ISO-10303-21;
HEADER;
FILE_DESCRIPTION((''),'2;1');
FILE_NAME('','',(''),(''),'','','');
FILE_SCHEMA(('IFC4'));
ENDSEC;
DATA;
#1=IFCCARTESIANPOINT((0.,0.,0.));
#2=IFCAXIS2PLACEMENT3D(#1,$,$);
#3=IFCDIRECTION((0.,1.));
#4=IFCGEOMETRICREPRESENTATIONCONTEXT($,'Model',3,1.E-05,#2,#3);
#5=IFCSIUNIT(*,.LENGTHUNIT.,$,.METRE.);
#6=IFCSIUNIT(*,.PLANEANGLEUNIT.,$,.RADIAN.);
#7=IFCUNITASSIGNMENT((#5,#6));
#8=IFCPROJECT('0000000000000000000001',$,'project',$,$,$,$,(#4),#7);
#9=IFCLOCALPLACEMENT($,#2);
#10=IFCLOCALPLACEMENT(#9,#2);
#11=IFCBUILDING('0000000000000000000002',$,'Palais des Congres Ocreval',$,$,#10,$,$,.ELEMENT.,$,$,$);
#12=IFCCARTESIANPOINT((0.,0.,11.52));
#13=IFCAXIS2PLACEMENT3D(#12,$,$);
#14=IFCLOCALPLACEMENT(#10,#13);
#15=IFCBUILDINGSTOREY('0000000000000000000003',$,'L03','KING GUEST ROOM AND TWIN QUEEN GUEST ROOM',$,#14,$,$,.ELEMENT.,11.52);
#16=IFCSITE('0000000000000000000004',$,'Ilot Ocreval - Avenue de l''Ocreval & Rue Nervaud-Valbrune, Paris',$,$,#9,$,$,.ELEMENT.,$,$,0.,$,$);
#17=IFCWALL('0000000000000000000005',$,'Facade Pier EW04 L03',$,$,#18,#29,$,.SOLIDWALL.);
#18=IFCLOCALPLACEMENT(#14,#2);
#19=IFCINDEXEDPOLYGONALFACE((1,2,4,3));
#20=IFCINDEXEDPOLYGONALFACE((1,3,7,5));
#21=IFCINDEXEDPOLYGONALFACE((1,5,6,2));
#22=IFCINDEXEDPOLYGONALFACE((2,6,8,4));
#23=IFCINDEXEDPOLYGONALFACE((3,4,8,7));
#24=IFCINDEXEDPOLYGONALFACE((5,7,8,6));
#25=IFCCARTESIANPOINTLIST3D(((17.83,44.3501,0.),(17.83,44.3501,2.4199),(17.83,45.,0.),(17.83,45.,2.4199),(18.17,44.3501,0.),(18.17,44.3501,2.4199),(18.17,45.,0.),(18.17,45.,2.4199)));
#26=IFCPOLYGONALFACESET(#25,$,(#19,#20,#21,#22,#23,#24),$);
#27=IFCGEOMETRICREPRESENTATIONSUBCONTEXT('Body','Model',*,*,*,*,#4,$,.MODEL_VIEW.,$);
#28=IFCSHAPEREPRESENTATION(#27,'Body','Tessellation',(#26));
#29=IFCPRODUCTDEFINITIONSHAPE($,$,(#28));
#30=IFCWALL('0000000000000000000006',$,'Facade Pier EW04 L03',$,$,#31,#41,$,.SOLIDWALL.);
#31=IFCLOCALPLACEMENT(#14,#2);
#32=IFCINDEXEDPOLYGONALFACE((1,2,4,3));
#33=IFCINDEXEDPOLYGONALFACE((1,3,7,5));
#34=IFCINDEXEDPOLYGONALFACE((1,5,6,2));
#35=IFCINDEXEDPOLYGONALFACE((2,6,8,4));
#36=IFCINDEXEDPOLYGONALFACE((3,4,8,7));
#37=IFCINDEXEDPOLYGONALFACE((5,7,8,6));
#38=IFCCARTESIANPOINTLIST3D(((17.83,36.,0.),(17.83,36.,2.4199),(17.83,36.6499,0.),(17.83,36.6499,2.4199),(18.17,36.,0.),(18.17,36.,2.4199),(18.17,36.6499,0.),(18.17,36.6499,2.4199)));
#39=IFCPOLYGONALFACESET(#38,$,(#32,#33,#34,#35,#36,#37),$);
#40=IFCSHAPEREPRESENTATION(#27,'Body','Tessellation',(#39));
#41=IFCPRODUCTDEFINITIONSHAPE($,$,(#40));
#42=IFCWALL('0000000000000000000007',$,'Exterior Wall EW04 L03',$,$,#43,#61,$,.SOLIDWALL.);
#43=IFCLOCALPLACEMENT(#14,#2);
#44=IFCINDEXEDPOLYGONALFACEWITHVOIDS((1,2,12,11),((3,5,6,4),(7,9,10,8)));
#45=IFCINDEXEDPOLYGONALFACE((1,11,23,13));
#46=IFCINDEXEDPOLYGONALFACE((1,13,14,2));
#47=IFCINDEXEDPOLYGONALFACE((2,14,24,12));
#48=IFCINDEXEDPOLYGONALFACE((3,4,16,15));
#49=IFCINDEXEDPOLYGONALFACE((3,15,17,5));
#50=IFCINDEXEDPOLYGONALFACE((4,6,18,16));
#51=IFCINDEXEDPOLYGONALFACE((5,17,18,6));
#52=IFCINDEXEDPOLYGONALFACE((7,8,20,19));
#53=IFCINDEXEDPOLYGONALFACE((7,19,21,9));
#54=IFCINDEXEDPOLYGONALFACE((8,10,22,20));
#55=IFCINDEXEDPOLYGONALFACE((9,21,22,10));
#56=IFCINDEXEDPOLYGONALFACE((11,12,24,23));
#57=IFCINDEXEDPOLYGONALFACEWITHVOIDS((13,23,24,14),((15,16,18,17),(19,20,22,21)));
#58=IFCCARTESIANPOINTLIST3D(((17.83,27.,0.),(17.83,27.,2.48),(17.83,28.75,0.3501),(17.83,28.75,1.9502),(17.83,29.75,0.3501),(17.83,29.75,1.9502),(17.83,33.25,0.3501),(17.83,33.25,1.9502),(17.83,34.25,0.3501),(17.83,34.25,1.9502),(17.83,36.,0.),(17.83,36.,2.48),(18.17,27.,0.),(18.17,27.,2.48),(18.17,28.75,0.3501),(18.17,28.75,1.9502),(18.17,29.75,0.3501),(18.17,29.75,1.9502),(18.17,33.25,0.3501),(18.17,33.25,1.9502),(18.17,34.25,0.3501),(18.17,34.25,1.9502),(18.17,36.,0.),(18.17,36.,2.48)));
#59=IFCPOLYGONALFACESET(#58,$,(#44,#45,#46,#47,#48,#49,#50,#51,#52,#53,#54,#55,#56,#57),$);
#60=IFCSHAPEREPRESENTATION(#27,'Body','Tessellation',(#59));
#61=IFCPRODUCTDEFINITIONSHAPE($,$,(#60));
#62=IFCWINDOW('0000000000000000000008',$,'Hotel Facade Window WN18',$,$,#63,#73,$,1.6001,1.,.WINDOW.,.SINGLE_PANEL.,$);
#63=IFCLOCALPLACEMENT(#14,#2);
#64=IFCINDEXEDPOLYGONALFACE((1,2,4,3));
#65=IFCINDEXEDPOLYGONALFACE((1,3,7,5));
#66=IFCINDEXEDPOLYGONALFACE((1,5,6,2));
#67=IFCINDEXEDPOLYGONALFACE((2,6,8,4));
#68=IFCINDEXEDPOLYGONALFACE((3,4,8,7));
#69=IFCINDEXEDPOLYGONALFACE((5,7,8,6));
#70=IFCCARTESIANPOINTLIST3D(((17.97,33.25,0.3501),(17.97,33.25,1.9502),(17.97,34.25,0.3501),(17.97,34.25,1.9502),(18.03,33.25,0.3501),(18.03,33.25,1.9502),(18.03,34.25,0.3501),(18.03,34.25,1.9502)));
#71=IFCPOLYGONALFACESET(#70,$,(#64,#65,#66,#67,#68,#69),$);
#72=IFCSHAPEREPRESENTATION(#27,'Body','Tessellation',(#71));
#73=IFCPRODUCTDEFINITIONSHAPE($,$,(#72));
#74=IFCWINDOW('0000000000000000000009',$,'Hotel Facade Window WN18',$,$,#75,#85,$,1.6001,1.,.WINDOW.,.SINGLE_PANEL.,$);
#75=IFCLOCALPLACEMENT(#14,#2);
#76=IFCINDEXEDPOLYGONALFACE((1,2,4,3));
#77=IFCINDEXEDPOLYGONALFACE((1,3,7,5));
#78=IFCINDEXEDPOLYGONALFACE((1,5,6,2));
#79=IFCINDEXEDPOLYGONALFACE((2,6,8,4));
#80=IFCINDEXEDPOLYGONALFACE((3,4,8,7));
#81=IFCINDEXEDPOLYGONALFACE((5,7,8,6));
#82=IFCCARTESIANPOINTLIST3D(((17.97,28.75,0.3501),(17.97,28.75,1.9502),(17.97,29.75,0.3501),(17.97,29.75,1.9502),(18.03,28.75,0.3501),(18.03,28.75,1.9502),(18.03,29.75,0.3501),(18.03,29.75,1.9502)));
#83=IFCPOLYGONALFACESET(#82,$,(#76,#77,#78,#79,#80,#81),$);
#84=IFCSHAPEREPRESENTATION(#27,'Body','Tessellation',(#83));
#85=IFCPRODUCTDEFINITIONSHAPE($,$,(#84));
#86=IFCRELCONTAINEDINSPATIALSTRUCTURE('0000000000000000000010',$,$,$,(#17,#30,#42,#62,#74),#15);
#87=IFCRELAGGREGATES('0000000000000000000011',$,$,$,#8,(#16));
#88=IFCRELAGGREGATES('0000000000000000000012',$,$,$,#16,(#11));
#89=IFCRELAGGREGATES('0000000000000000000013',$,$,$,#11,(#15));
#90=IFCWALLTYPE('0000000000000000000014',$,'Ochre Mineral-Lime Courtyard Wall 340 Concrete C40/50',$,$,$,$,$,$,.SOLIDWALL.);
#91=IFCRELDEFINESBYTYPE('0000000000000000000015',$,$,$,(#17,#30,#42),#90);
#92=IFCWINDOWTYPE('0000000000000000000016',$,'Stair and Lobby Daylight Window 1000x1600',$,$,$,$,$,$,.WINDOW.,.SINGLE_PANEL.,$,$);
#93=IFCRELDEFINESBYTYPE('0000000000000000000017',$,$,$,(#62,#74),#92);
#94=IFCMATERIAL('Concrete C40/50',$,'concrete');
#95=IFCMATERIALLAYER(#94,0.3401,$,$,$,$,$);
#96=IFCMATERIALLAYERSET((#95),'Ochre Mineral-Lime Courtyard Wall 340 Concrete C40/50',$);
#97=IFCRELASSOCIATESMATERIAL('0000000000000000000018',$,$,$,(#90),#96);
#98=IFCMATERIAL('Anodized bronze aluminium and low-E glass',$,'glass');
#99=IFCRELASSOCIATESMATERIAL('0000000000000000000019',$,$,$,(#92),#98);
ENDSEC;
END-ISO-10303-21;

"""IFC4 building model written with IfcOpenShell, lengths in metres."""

from ifc_helpers import new_model, si_unit, direction, frame, frame_2d, origin, place, context, subcontext, project, spatial, rectangle, extrude, material, layer, layer_set, type_object, element, fill, save


model = new_model("IFC4")

# Units and contexts
model_context = context("Model", 3, precision=1e-05, world=origin(), true_north=direction((0.0, 1.0)))
body_context = subcontext(model_context, "Body", "Model", "MODEL_VIEW")
ifc_project = project(units=[si_unit("LENGTHUNIT", "METRE"), si_unit("PLANEANGLEUNIT", "RADIAN")], contexts=[model_context])

# Site, building, storey
site_placement = place(None, origin())
site = spatial("IfcSite", under=ifc_project, at=site_placement, Name="Ilot Ocreval - Avenue de l'Ocreval & Rue Nervaud-Valbrune, Paris", CompositionType="ELEMENT", RefElevation=0.0)
building_placement = place(site_placement, origin())
building = spatial("IfcBuilding", under=site, at=building_placement, Name="Palais des Congres Ocreval", CompositionType="ELEMENT")
storey_placement = place(building_placement, frame((0.0, 0.0, 11.52)))
storey = spatial("IfcBuildingStorey", under=building, at=storey_placement, Name="L03", Description="KING GUEST ROOM AND TWIN QUEEN GUEST ROOM", CompositionType="ELEMENT", Elevation=11.52)

# Shared definitions
ifc_material_1 = material(Name="Concrete C40/50", Category="concrete")

# Shared definitions
ifc_material_2 = material(Name="Anodized bronze aluminium and low-E glass", Category="glass")

# Walls
ifc_layer_1 = layer(ifc_material_1, 0.3401)
ifc_layer_set_1 = layer_set([ifc_layer_1], Name="Ochre Mineral-Lime Courtyard Wall 340 Concrete C40/50")
wall_type = type_object("IfcWallType", Name="Ochre Mineral-Lime Courtyard Wall 340 Concrete C40/50", PredefinedType="SOLIDWALL", material=ifc_layer_set_1)
for number, where, z_axis, x_axis, name in (
    (1, (18.0, 45.0, 0.0), (0.0, 0.0, 1.0), (0.0, -1.0, 0.0), "Facade Pier EW04 L03"),
    (2, (18.0, 36.6499, 0.0), (0.0, 0.0, 1.0), (0.0, -1.0, 0.0), "Facade Pier EW04 L03"),
):
    element("IfcWall", number, at=place(storey_placement, frame(where, z_axis=z_axis, x_axis=x_axis)), inside=storey, type_object=wall_type, Name=name, PredefinedType="SOLIDWALL", context=body_context, shape_type="SweptSolid", body=[
        extrude(rectangle(XDim=0.6499, YDim=0.3401, at=frame_2d((0.325, 0.0))), origin(), (0.0, 0.0, 1.0), 2.4199),
    ])

# Wall, openings, windows
wall_1_placement = place(storey_placement, frame((18.0, 36.0, 0.0), z_axis=(0.0, 0.0, 1.0), x_axis=(0.0, -1.0, 0.0)))
wall_1 = element("IfcWall", 3, at=wall_1_placement, inside=storey, type_object=wall_type, Name="Exterior Wall EW04 L03", PredefinedType="SOLIDWALL", context=body_context, shape_type="SweptSolid", body=[
    extrude(rectangle(XDim=9.0, YDim=0.3401, at=frame_2d((4.5, 0.0))), origin(), (0.0, 0.0, 1.0), 2.48),
])
opening_1_placement = place(wall_1_placement, frame((1.75, 0.0, 0.3501)))
opening_1 = element("IfcOpeningElement", 4, at=opening_1_placement, cuts=wall_1, PredefinedType="OPENING", context=body_context, shape_type="SweptSolid", body=[
    extrude(rectangle(XDim=1.0, YDim=1.6001, at=frame_2d((0.5, 0.8))), frame((0.0, 0.1799, 0.0), z_axis=(0.0, -1.0, 0.0), x_axis=(1.0, 0.0, 0.0)), (0.0, 0.0, 1.0), 0.3601),
])
opening_2_placement = place(wall_1_placement, frame((6.25, 0.0, 0.3501)))
opening_2 = element("IfcOpeningElement", 5, at=opening_2_placement, cuts=wall_1, PredefinedType="OPENING", context=body_context, shape_type="SweptSolid", body=[
    extrude(rectangle(XDim=1.0, YDim=1.6001, at=frame_2d((0.5, 0.8))), frame((0.0, 0.1799, 0.0), z_axis=(0.0, -1.0, 0.0), x_axis=(1.0, 0.0, 0.0)), (0.0, 0.0, 1.0), 0.3601),
])
window_type = type_object("IfcWindowType", Name="Stair and Lobby Daylight Window 1000x1600", PartitioningType="SINGLE_PANEL", PredefinedType="WINDOW", material=ifc_material_2)
window_1_placement = place(opening_1_placement, origin())
window_1 = element("IfcWindow", 6, at=window_1_placement, inside=storey, type_object=window_type, Name="Hotel Facade Window WN18", OverallHeight=1.6001, OverallWidth=1.0, PartitioningType="SINGLE_PANEL", PredefinedType="WINDOW", context=body_context, shape_type="SweptSolid", body=[
    extrude(rectangle(XDim=1.0, YDim=1.6001, at=frame_2d((0.5, 0.8))), frame((0.0, 0.03, 0.0), z_axis=(0.0, -1.0, 0.0), x_axis=(1.0, 0.0, 0.0)), (0.0, 0.0, 1.0), 0.0601),
])
fill(opening_1, window_1)
window_2_placement = place(opening_2_placement, origin())
window_2 = element("IfcWindow", 7, at=window_2_placement, inside=storey, type_object=window_type, Name="Hotel Facade Window WN18", OverallHeight=1.6001, OverallWidth=1.0, PartitioningType="SINGLE_PANEL", PredefinedType="WINDOW", context=body_context, shape_type="SweptSolid", body=[
    extrude(rectangle(XDim=1.0, YDim=1.6001, at=frame_2d((0.5, 0.8))), frame((0.0, 0.03, 0.0), z_axis=(0.0, -1.0, 0.0), x_axis=(1.0, 0.0, 0.0)), (0.0, 0.0, 1.0), 0.0601),
])
fill(opening_2, window_2)

save(model, "model.ifc")
